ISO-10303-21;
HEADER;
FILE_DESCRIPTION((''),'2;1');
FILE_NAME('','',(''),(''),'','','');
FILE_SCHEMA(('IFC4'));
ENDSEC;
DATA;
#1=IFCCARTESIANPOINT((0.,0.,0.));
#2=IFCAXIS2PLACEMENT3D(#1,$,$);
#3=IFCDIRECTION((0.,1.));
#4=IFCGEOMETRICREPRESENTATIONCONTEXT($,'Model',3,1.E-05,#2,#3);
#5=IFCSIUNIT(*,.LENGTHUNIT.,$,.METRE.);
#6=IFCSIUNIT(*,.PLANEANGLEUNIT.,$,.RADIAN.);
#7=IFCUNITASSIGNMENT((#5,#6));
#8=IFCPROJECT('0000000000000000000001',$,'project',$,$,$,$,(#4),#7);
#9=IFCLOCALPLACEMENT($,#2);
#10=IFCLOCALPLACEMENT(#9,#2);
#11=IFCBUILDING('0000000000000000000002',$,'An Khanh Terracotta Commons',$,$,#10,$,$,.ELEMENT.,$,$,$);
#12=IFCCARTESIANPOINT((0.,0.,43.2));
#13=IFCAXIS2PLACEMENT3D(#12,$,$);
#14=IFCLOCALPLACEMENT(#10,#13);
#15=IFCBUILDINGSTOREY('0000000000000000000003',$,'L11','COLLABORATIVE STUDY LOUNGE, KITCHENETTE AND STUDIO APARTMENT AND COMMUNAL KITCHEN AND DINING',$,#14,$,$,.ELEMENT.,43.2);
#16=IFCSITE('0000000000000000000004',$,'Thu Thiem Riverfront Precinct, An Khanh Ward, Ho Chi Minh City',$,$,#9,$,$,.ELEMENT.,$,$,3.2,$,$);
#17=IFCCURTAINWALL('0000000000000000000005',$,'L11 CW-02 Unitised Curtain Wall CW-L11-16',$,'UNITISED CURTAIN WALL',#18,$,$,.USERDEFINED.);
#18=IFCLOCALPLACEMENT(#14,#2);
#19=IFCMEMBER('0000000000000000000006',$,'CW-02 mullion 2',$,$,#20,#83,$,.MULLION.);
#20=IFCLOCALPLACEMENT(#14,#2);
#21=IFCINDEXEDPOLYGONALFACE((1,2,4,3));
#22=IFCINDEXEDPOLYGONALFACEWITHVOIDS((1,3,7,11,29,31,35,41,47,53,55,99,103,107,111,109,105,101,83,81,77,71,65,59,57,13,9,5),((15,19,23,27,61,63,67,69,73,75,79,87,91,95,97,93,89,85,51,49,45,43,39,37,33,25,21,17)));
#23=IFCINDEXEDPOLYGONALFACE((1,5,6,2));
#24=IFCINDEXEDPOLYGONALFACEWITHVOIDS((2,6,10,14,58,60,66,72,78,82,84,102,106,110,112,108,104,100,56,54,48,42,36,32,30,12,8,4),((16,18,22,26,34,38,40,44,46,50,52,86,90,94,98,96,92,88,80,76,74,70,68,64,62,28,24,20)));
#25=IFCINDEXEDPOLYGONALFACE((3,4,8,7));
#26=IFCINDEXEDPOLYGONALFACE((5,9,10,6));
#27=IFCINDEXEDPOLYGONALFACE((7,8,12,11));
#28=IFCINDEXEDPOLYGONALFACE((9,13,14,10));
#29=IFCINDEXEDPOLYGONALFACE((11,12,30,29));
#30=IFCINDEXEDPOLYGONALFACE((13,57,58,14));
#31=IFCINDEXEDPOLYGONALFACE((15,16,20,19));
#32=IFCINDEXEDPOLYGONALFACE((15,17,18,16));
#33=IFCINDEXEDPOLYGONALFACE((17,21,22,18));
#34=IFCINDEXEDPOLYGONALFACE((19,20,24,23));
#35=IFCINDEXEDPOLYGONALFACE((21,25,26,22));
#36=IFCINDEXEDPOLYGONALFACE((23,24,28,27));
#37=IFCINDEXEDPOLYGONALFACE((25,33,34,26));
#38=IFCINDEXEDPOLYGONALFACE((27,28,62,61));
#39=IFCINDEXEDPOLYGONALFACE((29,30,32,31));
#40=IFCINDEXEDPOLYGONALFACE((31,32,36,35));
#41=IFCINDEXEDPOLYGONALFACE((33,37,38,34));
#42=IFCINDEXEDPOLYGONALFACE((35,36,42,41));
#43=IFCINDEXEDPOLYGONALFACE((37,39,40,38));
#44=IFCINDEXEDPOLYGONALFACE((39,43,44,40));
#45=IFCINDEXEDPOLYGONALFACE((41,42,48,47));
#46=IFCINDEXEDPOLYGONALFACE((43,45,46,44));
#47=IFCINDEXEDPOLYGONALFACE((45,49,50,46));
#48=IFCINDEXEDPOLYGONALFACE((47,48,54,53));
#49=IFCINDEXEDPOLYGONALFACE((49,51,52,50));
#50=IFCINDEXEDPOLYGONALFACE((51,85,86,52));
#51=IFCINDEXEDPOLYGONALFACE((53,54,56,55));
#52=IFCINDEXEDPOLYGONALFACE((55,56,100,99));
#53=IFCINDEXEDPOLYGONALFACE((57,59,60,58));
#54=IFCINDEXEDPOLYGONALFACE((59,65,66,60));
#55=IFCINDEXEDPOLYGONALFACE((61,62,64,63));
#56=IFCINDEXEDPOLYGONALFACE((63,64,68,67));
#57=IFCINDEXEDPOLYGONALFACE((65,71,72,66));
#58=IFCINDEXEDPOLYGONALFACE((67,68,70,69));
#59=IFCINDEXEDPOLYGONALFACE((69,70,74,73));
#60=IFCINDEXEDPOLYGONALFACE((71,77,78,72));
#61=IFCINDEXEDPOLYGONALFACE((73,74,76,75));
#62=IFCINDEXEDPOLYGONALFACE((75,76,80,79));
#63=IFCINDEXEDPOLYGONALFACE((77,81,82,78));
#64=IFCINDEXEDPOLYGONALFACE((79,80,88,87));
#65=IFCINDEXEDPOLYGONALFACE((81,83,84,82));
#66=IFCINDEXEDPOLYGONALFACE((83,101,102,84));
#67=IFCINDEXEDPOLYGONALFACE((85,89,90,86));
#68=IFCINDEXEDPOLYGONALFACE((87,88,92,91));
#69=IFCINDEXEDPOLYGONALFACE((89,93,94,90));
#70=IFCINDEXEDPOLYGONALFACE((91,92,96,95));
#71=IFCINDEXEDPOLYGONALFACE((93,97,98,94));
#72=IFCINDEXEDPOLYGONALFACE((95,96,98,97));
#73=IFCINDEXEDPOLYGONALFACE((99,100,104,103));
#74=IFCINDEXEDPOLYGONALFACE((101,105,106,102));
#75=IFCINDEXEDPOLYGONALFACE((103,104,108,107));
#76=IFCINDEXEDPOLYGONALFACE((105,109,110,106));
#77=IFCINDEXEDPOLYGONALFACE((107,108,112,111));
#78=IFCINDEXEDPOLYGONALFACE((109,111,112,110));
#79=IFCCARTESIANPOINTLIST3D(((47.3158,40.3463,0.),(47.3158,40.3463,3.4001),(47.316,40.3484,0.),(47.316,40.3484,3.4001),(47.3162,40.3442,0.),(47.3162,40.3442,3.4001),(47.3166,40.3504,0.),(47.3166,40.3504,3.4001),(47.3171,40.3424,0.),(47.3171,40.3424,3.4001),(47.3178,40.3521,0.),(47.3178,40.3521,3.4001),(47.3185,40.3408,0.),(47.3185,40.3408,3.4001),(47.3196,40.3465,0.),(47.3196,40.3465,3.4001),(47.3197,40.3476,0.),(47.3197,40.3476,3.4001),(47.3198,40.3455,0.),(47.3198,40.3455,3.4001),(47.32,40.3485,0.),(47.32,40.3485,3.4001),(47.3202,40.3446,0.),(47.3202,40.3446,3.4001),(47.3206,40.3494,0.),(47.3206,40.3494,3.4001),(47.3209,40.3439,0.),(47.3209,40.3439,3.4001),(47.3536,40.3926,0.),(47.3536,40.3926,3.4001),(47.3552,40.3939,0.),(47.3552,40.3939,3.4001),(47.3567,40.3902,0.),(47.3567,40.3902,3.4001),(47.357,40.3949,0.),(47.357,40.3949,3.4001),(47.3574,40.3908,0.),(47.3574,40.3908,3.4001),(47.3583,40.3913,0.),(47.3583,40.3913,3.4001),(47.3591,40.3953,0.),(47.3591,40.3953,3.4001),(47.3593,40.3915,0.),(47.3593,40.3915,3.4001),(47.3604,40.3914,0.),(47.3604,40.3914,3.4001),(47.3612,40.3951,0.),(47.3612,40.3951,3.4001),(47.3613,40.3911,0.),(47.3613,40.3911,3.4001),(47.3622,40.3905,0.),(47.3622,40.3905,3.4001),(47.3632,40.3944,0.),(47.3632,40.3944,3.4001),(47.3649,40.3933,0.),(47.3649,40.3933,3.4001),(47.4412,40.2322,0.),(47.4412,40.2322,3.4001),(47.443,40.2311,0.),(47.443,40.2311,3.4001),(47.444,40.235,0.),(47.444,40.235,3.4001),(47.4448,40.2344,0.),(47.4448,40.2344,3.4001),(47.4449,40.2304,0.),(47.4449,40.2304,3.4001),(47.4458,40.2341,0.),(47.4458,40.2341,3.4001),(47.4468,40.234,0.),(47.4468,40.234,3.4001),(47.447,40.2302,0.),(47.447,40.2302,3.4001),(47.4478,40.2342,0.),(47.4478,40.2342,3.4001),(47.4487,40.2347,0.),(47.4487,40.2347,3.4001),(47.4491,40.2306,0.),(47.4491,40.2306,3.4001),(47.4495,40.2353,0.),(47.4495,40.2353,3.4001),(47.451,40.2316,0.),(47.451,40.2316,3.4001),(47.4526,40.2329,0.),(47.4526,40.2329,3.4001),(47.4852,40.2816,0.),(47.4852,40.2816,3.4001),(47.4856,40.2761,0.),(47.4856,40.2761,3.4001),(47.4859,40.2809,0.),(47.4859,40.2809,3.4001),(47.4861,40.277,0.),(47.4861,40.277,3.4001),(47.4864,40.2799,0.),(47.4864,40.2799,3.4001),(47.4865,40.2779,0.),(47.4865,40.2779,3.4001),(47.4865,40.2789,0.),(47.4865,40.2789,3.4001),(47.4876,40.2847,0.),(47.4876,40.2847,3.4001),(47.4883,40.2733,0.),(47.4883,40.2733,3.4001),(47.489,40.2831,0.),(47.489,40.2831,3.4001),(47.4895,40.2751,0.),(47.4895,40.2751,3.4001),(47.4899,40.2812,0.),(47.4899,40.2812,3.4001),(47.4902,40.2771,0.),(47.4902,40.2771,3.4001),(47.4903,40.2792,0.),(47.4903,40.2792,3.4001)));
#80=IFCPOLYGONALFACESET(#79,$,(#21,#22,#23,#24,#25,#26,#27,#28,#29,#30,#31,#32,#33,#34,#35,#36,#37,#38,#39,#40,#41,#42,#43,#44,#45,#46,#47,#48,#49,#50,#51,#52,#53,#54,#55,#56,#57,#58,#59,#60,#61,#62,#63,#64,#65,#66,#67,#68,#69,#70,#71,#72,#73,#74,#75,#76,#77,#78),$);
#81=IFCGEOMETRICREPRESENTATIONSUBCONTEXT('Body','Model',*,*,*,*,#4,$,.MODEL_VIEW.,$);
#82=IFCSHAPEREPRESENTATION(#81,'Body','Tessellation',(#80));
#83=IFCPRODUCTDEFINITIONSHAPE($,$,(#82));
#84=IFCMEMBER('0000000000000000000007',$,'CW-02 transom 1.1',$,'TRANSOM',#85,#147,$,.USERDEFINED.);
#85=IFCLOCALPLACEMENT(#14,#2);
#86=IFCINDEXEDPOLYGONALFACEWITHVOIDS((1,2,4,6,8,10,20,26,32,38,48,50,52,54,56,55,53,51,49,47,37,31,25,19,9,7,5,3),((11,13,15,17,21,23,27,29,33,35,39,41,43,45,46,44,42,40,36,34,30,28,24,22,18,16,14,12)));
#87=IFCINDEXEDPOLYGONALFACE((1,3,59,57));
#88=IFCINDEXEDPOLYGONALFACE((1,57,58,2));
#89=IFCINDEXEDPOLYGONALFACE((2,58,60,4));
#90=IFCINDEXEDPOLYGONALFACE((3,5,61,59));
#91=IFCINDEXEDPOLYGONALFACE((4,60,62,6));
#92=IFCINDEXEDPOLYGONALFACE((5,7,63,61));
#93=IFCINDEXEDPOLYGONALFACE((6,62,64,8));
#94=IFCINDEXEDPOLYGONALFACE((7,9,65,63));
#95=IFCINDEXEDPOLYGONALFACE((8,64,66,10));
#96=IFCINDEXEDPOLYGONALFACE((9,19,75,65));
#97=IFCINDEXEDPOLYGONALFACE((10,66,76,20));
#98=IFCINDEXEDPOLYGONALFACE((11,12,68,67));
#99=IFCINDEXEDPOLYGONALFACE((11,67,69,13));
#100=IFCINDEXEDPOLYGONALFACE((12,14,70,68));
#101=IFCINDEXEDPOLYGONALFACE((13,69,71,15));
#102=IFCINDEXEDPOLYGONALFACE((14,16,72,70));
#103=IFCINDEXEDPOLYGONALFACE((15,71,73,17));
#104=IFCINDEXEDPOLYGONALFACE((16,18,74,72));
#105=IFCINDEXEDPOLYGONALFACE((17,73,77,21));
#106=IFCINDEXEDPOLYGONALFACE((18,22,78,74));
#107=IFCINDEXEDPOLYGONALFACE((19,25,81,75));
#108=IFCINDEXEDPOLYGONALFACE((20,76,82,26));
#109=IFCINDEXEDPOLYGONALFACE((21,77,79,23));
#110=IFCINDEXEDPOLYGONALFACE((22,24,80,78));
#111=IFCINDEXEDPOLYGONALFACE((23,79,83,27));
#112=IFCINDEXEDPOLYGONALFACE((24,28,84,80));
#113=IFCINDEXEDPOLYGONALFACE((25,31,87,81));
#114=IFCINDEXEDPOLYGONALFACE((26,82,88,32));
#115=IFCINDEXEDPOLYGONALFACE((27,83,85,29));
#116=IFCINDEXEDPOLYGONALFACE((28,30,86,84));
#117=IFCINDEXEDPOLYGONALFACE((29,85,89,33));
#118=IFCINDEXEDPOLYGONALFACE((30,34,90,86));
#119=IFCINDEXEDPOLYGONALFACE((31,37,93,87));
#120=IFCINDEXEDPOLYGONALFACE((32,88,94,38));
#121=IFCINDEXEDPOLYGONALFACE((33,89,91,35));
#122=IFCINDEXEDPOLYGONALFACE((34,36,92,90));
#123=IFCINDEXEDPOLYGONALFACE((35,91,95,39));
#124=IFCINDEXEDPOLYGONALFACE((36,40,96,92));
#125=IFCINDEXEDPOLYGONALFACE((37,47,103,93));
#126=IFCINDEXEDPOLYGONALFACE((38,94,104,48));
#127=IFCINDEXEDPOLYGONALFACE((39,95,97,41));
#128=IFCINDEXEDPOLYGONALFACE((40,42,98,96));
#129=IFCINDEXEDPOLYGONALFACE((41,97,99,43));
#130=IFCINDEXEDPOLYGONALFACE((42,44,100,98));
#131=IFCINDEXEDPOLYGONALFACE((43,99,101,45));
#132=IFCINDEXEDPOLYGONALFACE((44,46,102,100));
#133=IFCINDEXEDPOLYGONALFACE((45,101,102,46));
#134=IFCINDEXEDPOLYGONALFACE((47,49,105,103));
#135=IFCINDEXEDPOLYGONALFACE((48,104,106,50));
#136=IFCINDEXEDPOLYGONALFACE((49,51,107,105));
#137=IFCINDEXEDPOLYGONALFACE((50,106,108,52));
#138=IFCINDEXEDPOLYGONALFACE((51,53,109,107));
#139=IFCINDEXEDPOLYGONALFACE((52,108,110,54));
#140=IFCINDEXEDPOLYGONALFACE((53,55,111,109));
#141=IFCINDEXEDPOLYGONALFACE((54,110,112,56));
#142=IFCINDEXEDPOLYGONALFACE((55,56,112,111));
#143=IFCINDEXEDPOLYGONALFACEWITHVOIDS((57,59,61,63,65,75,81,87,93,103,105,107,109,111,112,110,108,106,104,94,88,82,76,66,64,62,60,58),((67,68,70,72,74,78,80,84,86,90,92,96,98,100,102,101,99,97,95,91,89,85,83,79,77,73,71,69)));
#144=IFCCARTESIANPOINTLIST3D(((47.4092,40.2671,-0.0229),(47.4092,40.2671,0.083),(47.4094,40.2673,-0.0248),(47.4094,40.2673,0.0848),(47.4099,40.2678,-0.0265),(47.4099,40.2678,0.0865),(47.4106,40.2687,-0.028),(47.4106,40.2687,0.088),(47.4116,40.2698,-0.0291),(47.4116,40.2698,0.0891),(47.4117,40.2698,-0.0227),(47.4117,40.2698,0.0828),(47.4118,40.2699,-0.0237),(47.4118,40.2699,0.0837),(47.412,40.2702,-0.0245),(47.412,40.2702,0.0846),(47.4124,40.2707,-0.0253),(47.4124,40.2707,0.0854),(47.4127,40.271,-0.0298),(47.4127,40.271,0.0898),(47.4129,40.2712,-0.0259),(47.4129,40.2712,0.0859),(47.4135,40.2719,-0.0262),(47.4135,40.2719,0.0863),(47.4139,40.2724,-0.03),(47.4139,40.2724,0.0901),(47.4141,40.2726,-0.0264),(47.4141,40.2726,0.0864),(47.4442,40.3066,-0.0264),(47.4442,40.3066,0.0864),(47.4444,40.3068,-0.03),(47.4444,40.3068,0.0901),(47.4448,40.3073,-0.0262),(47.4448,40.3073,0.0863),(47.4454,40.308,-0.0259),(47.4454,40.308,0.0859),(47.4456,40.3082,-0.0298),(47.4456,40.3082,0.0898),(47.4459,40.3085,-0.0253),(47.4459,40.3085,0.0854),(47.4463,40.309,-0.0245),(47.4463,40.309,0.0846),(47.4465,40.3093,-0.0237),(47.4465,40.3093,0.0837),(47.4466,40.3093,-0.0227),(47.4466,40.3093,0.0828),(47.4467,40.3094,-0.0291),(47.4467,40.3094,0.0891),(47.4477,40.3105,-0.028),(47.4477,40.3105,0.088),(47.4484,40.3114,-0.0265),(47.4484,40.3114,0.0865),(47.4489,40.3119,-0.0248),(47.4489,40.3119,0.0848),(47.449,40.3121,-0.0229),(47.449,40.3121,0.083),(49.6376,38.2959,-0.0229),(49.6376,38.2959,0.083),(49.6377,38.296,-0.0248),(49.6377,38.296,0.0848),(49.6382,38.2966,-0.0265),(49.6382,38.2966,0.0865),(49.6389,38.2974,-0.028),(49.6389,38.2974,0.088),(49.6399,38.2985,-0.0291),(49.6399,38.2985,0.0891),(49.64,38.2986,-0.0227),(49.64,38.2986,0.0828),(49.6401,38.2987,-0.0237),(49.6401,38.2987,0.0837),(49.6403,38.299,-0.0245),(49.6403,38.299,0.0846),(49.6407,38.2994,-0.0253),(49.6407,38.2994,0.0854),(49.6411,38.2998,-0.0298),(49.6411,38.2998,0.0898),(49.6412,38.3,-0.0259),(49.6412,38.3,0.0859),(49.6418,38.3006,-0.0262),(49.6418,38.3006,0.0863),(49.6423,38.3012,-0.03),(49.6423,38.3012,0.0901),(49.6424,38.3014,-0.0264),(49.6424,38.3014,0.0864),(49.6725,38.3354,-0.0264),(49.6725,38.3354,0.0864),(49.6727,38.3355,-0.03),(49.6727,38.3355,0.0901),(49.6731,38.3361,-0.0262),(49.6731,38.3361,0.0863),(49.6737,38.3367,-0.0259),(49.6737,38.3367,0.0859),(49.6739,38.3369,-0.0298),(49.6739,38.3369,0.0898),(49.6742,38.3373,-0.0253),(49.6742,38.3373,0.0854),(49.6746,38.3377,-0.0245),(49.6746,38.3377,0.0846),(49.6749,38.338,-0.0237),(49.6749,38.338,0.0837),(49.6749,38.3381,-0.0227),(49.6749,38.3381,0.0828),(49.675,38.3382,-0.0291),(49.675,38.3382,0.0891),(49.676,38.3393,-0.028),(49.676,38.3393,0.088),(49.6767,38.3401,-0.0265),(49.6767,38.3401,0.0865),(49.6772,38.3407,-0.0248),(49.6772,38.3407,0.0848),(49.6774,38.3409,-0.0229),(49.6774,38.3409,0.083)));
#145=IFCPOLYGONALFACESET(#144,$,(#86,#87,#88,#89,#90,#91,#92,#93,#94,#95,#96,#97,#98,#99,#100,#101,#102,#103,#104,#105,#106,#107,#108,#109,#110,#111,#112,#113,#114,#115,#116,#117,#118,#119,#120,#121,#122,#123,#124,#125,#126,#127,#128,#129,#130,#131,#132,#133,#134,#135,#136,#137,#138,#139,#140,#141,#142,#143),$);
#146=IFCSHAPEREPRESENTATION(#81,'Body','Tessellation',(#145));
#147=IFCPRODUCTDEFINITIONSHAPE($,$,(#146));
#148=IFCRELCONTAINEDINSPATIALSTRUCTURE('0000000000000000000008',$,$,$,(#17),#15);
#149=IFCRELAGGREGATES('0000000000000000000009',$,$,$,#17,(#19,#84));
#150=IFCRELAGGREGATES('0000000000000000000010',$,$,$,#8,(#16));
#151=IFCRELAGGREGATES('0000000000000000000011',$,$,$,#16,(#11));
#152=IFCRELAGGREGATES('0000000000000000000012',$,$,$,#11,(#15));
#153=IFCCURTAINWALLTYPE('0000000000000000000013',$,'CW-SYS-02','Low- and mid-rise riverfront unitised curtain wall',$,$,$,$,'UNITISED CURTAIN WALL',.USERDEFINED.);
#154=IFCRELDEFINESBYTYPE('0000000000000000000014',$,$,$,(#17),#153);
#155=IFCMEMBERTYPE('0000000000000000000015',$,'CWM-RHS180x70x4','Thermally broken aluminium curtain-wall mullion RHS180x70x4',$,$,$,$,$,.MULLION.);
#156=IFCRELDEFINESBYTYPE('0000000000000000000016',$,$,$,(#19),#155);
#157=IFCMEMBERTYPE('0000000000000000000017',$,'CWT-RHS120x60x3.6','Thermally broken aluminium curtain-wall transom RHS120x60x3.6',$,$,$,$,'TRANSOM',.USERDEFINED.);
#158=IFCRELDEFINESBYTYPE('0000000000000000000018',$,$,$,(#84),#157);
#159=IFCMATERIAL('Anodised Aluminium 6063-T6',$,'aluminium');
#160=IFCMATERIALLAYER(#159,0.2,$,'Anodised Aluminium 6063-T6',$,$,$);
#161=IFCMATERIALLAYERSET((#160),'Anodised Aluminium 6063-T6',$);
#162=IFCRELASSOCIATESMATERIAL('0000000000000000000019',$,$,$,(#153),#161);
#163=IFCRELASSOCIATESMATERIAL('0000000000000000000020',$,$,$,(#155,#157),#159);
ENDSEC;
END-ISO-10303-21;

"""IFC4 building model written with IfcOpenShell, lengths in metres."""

from ifc_helpers import new_model, si_unit, direction, frame, origin, origin_2d, place, context, subcontext, project, spatial, hollow_rectangle, extrude, material, layer, layer_set, material_profile, profile_set, type_object, element, aggregate, save


model = new_model("IFC4")

# Units and contexts
model_context = context("Model", 3, precision=1e-05, world=origin(), true_north=direction((0.0, 1.0)))
body_context = subcontext(model_context, "Body", "Model", "MODEL_VIEW")
ifc_project = project(units=[si_unit("LENGTHUNIT", "METRE"), si_unit("PLANEANGLEUNIT", "RADIAN")], contexts=[model_context])

# Site, building, storey
site_placement = place(None, origin())
site = spatial("IfcSite", under=ifc_project, at=site_placement, Name="Thu Thiem Riverfront Precinct, An Khanh Ward, Ho Chi Minh City", CompositionType="ELEMENT", RefElevation=3.2)
building_placement = place(site_placement, origin())
building = spatial("IfcBuilding", under=site, at=building_placement, Name="An Khanh Terracotta Commons", CompositionType="ELEMENT")
storey_placement = place(building_placement, frame((0.0, 0.0, 43.2)))
storey = spatial("IfcBuildingStorey", under=building, at=storey_placement, Name="L11", Description="COLLABORATIVE STUDY LOUNGE, KITCHENETTE AND STUDIO APARTMENT AND COMMUNAL KITCHEN AND DINING", CompositionType="ELEMENT", Elevation=43.2)

# Shared definitions
ifc_material_1 = material(Name="Anodised Aluminium 6063-T6", Category="aluminium")
ifc_layer_1 = layer(ifc_material_1, 0.2, Name="Anodised Aluminium 6063-T6")
ifc_layer_set_1 = layer_set([ifc_layer_1], Name="Anodised Aluminium 6063-T6")
curtain_wall_type = type_object("IfcCurtainWallType", Name="CW-SYS-02", Description="Low- and mid-rise riverfront unitised curtain wall", ElementType="UNITISED CURTAIN WALL", PredefinedType="USERDEFINED", material=ifc_layer_set_1)
ifc_material_profile_1 = material_profile(ifc_material_1, hollow_rectangle(XDim=0.0701, YDim=0.1799, WallThickness=0.0039, InnerFilletRadius=0.0039, OuterFilletRadius=0.0081, at=origin_2d()), Name="RHS180x70x4")
ifc_profile_set_1 = profile_set([ifc_material_profile_1], Name="Anodised Aluminium 6063-T6")
member_type_1 = type_object("IfcMemberType", Name="CWM-RHS180x70x4", Description="Thermally broken aluminium curtain-wall mullion RHS180x70x4", PredefinedType="MULLION", material=ifc_profile_set_1)

# Curtain wall, members
curtain_wall_1_placement = place(storey_placement, origin())
curtain_wall_1 = element("IfcCurtainWall", 1, at=curtain_wall_1_placement, inside=storey, type_object=curtain_wall_type, Name="L11 CW-02 Unitised Curtain Wall CW-L11-16", ObjectType="UNITISED CURTAIN WALL", PredefinedType="USERDEFINED")
member_1_placement = place(storey_placement, frame((47.4031, 40.3127, 0.0), z_axis=(0.0, 0.0, 1.0), x_axis=(-0.662548, -0.749019, 0.0)))
member_1 = element("IfcMember", 2, at=member_1_placement, type_object=member_type_1, Name="CW-02 mullion 2", PredefinedType="MULLION", context=body_context, shape_type="SweptSolid", body=[
    extrude(hollow_rectangle(XDim=0.0701, YDim=0.1799, WallThickness=0.0039, InnerFilletRadius=0.0039, OuterFilletRadius=0.0081, at=origin_2d()), origin(), (0.0, 0.0, 1.0), 3.4001),
])
ifc_material_profile_2 = material_profile(ifc_material_1, hollow_rectangle(XDim=0.0601, YDim=0.1201, WallThickness=0.0037, InnerFilletRadius=0.0037, OuterFilletRadius=0.0071, at=origin_2d()), Name="RHS120x60x3.6")
ifc_profile_set_2 = profile_set([ifc_material_profile_2], Name="Anodised Aluminium 6063-T6")
member_type_2 = type_object("IfcMemberType", Name="CWT-RHS120x60x3.6", Description="Thermally broken aluminium curtain-wall transom RHS120x60x3.6", ElementType="TRANSOM", PredefinedType="USERDEFINED", material=ifc_profile_set_2)
member_2_placement = place(storey_placement, frame((49.6575, 38.3184, 0.03), z_axis=(-0.748992, 0.662579, 0.0), x_axis=(-0.662579, -0.748992, 0.0)))
member_2 = element("IfcMember", 3, at=member_2_placement, type_object=member_type_2, Name="CW-02 transom 1.1", ObjectType="TRANSOM", PredefinedType="USERDEFINED", context=body_context, shape_type="SweptSolid", body=[
    extrude(hollow_rectangle(XDim=0.0601, YDim=0.1201, WallThickness=0.0037, InnerFilletRadius=0.0037, OuterFilletRadius=0.0071, at=origin_2d()), origin(), (0.0, 0.0, 1.0), 2.9751),
])
aggregate(curtain_wall_1, [member_1, member_2])

save(model, "model.ifc")
